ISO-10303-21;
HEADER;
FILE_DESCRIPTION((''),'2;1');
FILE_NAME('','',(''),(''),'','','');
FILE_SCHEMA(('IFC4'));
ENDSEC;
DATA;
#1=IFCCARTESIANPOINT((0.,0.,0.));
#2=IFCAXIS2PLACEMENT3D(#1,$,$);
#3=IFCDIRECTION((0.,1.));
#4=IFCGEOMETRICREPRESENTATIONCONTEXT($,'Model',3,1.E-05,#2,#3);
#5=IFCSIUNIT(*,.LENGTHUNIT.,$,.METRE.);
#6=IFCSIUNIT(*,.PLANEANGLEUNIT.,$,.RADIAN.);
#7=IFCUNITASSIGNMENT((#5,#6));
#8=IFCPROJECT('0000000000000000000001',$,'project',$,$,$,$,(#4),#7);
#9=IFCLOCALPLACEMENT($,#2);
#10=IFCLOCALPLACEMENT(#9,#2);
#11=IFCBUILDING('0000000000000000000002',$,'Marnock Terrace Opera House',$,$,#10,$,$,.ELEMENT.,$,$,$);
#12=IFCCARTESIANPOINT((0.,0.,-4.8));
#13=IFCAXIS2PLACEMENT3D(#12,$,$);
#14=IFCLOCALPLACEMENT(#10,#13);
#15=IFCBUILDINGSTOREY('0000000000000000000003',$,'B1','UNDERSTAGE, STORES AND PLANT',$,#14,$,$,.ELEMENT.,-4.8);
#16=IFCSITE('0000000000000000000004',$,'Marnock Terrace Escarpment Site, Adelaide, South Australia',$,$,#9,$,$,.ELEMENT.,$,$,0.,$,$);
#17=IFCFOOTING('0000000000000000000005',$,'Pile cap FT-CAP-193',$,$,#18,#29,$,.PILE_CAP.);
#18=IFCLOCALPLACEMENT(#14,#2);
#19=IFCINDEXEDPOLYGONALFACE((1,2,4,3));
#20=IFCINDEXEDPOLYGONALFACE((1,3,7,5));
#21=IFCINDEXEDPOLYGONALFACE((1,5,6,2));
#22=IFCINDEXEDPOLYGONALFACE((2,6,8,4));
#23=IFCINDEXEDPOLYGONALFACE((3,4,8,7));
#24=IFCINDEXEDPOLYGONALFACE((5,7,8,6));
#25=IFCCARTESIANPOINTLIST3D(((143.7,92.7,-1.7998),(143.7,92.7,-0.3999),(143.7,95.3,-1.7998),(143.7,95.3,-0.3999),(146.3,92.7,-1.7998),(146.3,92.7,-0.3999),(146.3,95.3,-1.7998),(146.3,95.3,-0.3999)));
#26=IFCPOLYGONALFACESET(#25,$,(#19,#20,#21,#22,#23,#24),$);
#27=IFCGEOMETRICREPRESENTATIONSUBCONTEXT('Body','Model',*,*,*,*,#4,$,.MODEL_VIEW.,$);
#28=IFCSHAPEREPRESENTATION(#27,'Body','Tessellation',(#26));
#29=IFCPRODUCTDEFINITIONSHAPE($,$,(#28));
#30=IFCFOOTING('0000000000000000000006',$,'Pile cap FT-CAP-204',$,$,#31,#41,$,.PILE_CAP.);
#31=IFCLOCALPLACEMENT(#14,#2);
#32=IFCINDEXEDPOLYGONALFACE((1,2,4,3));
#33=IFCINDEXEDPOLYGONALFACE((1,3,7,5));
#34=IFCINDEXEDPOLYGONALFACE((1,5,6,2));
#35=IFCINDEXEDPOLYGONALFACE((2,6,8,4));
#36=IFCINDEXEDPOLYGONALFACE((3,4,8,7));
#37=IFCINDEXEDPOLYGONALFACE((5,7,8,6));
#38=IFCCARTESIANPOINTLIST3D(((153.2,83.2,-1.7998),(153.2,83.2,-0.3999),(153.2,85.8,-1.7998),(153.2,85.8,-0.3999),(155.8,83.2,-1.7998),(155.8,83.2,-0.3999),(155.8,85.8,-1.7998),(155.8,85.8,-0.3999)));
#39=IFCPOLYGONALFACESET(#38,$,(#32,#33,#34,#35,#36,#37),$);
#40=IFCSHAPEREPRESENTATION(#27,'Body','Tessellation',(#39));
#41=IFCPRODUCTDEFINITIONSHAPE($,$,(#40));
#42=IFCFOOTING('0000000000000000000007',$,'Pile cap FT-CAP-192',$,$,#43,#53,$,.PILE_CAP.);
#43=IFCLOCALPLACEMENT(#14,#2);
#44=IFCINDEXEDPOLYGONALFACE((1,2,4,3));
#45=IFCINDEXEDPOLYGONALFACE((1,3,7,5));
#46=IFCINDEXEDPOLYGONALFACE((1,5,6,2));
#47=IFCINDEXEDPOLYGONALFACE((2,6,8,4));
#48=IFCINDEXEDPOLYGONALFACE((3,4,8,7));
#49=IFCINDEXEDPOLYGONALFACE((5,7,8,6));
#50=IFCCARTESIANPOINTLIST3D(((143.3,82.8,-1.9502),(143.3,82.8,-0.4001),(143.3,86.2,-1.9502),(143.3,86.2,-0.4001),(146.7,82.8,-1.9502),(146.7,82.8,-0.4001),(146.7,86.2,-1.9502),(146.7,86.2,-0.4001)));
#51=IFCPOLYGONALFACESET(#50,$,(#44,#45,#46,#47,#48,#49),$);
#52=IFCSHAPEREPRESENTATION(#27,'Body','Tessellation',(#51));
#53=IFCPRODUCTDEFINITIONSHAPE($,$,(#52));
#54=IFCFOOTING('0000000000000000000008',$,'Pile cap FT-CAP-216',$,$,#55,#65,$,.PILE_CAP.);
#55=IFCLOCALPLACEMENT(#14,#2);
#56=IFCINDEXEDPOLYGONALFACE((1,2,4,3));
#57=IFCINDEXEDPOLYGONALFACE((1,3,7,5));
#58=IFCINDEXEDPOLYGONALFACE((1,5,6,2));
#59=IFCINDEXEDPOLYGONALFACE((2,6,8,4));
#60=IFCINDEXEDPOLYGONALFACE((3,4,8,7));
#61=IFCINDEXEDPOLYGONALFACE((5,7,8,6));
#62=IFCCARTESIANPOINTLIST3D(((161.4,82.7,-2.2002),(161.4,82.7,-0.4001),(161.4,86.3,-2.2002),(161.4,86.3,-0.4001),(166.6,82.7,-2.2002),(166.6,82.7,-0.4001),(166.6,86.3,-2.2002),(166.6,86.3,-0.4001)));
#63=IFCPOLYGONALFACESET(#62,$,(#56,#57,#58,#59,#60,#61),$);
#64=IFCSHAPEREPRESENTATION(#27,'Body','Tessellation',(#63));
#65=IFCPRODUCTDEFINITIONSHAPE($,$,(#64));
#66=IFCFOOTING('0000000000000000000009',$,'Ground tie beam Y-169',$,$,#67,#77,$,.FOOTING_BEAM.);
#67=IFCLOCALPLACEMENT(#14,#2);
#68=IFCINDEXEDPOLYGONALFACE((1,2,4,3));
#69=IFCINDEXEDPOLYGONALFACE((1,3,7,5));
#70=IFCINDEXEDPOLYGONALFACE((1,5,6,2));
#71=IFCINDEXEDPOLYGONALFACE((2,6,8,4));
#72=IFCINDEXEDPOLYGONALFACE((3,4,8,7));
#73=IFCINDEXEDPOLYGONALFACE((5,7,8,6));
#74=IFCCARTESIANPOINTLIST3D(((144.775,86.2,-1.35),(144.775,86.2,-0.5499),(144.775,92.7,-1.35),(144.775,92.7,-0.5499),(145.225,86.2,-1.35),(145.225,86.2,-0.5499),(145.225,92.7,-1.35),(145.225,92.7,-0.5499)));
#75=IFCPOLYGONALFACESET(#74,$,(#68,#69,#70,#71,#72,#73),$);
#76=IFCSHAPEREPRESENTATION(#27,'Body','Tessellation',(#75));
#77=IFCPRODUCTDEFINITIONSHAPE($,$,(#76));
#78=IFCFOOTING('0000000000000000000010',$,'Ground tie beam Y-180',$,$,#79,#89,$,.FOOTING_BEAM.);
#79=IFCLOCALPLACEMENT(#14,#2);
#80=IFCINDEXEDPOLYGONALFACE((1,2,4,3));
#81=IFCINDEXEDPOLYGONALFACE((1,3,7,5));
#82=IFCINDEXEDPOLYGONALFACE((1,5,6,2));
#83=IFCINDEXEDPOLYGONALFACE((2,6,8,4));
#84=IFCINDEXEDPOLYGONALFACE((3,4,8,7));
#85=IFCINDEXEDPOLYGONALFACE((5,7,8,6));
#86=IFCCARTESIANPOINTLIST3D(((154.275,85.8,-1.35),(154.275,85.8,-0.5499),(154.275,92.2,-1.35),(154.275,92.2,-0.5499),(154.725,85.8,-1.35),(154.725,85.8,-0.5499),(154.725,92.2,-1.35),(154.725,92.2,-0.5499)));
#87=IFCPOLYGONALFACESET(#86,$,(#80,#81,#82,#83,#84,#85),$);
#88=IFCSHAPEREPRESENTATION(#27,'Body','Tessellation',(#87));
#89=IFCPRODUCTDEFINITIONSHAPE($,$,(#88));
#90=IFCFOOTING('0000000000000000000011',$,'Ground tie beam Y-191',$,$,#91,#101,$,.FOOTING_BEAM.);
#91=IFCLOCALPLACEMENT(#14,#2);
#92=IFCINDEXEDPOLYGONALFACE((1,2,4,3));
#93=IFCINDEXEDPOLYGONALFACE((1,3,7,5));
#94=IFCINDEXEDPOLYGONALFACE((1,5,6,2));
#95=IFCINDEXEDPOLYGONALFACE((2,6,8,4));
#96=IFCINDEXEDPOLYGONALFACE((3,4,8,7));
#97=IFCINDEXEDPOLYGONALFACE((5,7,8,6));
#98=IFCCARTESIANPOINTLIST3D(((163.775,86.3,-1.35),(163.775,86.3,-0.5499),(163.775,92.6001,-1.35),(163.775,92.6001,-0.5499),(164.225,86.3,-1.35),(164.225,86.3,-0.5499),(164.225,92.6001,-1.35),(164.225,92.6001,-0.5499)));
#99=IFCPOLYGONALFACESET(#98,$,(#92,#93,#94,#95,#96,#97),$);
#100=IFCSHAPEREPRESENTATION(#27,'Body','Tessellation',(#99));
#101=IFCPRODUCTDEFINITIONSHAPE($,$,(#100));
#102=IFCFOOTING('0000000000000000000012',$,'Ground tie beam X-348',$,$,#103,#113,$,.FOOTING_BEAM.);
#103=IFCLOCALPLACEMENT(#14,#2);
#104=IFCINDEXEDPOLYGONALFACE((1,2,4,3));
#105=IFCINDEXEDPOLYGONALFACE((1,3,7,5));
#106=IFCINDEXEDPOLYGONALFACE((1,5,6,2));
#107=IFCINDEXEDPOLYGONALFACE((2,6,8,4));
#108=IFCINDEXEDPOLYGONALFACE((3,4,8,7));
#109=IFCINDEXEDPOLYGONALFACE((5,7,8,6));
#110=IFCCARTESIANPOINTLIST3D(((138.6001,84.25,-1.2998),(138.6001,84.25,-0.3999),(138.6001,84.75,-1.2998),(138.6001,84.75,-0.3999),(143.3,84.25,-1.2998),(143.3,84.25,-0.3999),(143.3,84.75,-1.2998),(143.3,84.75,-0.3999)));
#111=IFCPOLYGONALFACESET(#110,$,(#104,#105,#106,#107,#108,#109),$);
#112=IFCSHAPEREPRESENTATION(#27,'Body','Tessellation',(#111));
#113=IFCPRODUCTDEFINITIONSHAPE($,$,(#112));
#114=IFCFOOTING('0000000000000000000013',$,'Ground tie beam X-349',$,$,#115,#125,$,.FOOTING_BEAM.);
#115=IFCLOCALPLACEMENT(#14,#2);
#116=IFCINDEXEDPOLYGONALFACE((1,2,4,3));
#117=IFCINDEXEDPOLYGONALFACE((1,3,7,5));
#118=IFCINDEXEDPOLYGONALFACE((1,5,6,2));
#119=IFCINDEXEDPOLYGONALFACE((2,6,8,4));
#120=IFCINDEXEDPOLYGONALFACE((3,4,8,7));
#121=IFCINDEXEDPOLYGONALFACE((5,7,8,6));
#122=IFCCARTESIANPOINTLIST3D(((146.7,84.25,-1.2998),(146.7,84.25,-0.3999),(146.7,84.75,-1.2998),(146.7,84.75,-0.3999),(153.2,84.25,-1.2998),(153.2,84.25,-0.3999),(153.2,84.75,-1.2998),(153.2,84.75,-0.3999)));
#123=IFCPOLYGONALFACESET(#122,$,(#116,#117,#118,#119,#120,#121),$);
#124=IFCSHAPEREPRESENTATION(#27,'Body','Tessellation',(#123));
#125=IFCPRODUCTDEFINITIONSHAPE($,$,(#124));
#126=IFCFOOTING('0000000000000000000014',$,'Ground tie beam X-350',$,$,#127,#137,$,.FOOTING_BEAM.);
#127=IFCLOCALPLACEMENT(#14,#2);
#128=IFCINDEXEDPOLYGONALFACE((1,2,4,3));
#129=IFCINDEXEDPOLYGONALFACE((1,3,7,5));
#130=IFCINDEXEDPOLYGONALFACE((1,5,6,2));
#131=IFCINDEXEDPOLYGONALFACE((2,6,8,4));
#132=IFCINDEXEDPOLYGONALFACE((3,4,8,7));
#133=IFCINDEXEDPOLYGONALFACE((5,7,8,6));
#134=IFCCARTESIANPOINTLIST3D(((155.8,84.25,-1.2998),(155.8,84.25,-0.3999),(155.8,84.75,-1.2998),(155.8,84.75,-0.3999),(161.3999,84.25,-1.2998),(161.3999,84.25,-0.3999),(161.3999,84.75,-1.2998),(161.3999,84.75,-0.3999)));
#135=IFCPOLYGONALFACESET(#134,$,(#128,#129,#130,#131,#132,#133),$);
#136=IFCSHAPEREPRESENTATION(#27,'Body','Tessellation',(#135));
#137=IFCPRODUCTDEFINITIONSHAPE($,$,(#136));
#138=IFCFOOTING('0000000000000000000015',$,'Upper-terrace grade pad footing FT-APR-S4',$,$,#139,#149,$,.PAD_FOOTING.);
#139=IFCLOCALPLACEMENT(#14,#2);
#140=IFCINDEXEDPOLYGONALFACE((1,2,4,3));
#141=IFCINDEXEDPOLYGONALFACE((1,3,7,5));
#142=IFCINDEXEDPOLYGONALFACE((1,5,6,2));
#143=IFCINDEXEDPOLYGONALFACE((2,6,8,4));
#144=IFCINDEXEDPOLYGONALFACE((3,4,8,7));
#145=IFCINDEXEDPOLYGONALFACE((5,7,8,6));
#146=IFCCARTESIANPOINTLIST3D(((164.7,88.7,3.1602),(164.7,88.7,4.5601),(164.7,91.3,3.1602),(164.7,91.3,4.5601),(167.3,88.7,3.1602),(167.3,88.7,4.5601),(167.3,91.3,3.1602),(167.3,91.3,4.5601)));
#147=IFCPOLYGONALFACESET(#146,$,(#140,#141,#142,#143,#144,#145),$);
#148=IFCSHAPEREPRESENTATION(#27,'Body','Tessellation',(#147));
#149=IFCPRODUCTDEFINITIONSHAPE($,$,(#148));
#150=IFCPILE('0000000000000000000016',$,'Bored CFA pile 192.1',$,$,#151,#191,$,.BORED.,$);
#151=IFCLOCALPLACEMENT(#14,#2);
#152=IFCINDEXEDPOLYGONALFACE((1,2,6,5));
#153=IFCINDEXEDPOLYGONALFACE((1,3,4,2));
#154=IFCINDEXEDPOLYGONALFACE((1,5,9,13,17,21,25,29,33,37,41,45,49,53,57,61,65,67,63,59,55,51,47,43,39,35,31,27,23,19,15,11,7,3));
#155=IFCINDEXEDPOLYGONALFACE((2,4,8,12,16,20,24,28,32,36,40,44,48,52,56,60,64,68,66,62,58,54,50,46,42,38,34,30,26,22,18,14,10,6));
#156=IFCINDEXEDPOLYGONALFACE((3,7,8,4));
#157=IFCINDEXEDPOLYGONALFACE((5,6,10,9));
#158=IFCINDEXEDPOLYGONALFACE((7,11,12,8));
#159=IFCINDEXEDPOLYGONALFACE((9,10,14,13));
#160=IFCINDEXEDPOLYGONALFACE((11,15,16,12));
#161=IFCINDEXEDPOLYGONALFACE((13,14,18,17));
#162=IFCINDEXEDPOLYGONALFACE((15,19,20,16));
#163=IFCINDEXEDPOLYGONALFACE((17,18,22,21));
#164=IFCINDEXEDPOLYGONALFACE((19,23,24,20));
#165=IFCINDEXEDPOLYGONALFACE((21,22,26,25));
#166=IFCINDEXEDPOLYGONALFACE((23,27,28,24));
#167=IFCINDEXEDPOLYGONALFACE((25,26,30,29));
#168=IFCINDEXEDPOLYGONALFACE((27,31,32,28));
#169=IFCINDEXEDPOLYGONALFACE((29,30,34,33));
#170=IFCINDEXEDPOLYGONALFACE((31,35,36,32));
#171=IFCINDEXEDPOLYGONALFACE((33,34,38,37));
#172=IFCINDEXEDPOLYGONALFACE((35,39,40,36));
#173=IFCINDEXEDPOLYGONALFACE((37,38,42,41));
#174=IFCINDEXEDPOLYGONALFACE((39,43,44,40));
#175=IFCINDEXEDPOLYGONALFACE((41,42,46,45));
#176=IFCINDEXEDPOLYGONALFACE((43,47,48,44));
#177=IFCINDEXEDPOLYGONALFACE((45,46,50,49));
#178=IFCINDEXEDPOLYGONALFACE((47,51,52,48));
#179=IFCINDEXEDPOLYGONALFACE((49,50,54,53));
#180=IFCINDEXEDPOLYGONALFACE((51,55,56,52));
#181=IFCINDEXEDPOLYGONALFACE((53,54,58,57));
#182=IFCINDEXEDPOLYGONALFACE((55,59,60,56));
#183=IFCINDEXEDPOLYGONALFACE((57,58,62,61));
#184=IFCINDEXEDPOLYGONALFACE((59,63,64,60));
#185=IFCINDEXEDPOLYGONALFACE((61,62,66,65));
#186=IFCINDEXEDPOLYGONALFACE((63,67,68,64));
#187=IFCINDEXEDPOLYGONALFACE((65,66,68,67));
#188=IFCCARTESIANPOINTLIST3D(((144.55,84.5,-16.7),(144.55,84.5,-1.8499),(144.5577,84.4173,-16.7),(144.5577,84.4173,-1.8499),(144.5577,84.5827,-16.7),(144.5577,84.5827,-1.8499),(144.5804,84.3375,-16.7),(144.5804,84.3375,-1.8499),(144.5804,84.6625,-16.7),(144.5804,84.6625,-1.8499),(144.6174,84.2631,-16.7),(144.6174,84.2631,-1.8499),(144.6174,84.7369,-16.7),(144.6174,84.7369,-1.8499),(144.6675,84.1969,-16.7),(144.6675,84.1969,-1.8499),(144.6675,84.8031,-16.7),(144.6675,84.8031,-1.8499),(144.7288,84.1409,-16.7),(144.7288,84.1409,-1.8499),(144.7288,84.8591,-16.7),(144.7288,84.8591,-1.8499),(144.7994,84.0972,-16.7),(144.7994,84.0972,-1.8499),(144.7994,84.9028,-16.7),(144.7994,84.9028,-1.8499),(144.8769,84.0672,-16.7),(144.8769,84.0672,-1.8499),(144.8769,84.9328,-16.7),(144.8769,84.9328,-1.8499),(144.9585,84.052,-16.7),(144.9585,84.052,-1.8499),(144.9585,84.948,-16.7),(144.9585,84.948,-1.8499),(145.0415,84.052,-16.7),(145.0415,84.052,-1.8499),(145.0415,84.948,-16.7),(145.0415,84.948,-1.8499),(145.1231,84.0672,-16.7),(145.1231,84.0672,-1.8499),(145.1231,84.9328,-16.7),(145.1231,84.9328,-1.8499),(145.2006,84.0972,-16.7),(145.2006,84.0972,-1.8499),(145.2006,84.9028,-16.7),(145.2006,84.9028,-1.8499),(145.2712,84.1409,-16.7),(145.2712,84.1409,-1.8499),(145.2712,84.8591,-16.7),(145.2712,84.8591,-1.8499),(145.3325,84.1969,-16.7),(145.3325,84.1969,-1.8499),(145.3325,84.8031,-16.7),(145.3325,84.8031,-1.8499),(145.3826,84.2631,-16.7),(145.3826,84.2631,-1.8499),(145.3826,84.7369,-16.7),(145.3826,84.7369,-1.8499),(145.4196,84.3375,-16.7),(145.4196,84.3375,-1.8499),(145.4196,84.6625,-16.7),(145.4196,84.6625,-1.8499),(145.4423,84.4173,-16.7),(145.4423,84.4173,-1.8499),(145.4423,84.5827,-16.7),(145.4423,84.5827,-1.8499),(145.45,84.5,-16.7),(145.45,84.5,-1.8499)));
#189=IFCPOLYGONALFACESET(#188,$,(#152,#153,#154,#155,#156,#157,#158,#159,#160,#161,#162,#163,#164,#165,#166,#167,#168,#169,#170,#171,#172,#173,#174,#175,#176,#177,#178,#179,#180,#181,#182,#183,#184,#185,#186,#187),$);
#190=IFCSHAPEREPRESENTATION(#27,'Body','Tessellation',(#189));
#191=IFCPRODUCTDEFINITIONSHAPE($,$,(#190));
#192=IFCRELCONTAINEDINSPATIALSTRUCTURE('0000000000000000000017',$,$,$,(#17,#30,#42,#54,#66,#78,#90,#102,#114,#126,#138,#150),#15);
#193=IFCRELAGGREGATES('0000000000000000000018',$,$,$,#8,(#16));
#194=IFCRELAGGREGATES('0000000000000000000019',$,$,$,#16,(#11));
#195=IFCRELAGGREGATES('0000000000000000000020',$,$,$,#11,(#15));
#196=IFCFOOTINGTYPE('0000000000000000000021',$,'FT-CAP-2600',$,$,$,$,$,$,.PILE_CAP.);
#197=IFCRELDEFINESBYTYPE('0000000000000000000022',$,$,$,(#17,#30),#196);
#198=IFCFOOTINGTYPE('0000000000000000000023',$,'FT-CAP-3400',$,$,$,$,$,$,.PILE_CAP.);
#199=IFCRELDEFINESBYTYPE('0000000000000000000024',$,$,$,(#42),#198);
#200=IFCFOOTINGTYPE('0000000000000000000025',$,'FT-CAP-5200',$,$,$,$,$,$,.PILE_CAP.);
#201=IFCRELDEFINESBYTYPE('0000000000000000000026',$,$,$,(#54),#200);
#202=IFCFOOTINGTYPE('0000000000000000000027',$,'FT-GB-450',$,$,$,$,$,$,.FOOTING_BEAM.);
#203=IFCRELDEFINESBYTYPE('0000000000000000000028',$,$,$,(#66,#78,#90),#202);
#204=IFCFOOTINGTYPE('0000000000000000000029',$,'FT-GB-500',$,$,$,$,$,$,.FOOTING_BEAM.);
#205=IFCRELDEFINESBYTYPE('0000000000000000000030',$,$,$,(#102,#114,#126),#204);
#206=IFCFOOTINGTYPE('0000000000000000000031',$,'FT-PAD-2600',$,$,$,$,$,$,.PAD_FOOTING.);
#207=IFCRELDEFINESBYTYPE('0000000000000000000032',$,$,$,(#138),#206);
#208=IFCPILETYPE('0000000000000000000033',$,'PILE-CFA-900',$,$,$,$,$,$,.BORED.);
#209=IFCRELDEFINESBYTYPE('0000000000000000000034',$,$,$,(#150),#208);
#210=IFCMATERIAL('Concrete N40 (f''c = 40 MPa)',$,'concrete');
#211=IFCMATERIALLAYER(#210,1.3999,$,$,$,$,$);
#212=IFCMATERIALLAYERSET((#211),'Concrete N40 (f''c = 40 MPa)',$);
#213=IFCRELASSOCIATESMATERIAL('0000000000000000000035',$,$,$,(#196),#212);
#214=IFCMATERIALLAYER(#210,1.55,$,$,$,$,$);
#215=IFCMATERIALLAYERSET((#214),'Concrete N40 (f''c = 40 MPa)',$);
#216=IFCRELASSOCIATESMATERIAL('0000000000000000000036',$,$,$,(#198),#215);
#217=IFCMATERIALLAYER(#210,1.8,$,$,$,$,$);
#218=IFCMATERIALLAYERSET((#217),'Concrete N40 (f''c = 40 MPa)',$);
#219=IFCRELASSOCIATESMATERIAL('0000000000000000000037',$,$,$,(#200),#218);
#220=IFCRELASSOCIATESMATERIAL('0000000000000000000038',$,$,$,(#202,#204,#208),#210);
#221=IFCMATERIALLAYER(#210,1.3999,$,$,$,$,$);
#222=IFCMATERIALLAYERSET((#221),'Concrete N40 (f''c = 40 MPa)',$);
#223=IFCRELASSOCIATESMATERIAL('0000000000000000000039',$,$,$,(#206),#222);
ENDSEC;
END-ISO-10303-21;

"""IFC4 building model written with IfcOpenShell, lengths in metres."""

from ifc_helpers import new_model, si_unit, direction, frame, origin, origin_2d, place, context, subcontext, project, spatial, rectangle, circle, extrude, material, layer, layer_set, material_profile, profile_set, type_object, element, save


model = new_model("IFC4")

# Units and contexts
model_context = context("Model", 3, precision=1e-05, world=origin(), true_north=direction((0.0, 1.0)))
body_context = subcontext(model_context, "Body", "Model", "MODEL_VIEW")
ifc_project = project(units=[si_unit("LENGTHUNIT", "METRE"), si_unit("PLANEANGLEUNIT", "RADIAN")], contexts=[model_context])

# Site, building, storey
site_placement = place(None, origin())
site = spatial("IfcSite", under=ifc_project, at=site_placement, Name="Marnock Terrace Escarpment Site, Adelaide, South Australia", CompositionType="ELEMENT", RefElevation=0.0)
building_placement = place(site_placement, origin())
building = spatial("IfcBuilding", under=site, at=building_placement, Name="Marnock Terrace Opera House", CompositionType="ELEMENT")
storey_placement = place(building_placement, frame((0.0, 0.0, -4.8)))
storey = spatial("IfcBuildingStorey", under=building, at=storey_placement, Name="B1", Description="UNDERSTAGE, STORES AND PLANT", CompositionType="ELEMENT", Elevation=-4.8)

# Footings
ifc_material_1 = material(Name="Concrete N40 (f'c = 40 MPa)", Category="concrete")
ifc_layer_1 = layer(ifc_material_1, 1.3999)
ifc_layer_set_1 = layer_set([ifc_layer_1], Name="Concrete N40 (f'c = 40 MPa)")
footing_type_1 = type_object("IfcFootingType", Name="FT-CAP-2600", PredefinedType="PILE_CAP", material=ifc_layer_set_1)
for number, where, z_axis, x_axis, name in (
    (1, (145.0, 94.0, -1.7998), (0.0, 0.0, 1.0), (1.0, 0.0, 0.0), "Pile cap FT-CAP-193"),
    (2, (154.5, 84.5, -1.7998), (0.0, 0.0, 1.0), (1.0, 0.0, 0.0), "Pile cap FT-CAP-204"),
):
    element("IfcFooting", number, at=place(storey_placement, frame(where, z_axis=z_axis, x_axis=x_axis)), inside=storey, type_object=footing_type_1, Name=name, PredefinedType="PILE_CAP", context=body_context, shape_type="SweptSolid", body=[
        extrude(rectangle(XDim=2.6001, YDim=2.6001, at=origin_2d()), origin(), (0.0, 0.0, 1.0), 1.3999),
    ])
ifc_layer_2 = layer(ifc_material_1, 1.55)
ifc_layer_set_2 = layer_set([ifc_layer_2], Name="Concrete N40 (f'c = 40 MPa)")
footing_type_2 = type_object("IfcFootingType", Name="FT-CAP-3400", PredefinedType="PILE_CAP", material=ifc_layer_set_2)
footing_1_placement = place(storey_placement, frame((145.0, 84.5, -1.9502), z_axis=(0.0, 0.0, 1.0), x_axis=(1.0, 0.0, 0.0)))
element("IfcFooting", 3, at=footing_1_placement, inside=storey, type_object=footing_type_2, Name="Pile cap FT-CAP-192", PredefinedType="PILE_CAP", context=body_context, shape_type="SweptSolid", body=[
    extrude(rectangle(XDim=3.3999, YDim=3.3999, at=origin_2d()), origin(), (0.0, 0.0, 1.0), 1.55),
])
ifc_layer_3 = layer(ifc_material_1, 1.8)
ifc_layer_set_3 = layer_set([ifc_layer_3], Name="Concrete N40 (f'c = 40 MPa)")
footing_type_3 = type_object("IfcFootingType", Name="FT-CAP-5200", PredefinedType="PILE_CAP", material=ifc_layer_set_3)
footing_2_placement = place(storey_placement, frame((164.0, 84.5, -2.2002), z_axis=(0.0, 0.0, 1.0), x_axis=(1.0, 0.0, 0.0)))
element("IfcFooting", 4, at=footing_2_placement, inside=storey, type_object=footing_type_3, Name="Pile cap FT-CAP-216", PredefinedType="PILE_CAP", context=body_context, shape_type="SweptSolid", body=[
    extrude(rectangle(XDim=5.2, YDim=3.6001, at=origin_2d()), origin(), (0.0, 0.0, 1.0), 1.8),
])
ifc_material_profile_1 = material_profile(ifc_material_1, rectangle(XDim=0.45, YDim=0.8, at=origin_2d()))
ifc_profile_set_1 = profile_set([ifc_material_profile_1], Name="Concrete N40 (f'c = 40 MPa)")
footing_type_4 = type_object("IfcFootingType", Name="FT-GB-450", PredefinedType="FOOTING_BEAM", material=ifc_profile_set_1)
footing_3_placement = place(storey_placement, frame((145.0, 86.2, -0.95), z_axis=(0.0, 1.0, 0.0), x_axis=(-1.0, 0.0, 0.0)))
element("IfcFooting", 5, at=footing_3_placement, inside=storey, type_object=footing_type_4, Name="Ground tie beam Y-169", PredefinedType="FOOTING_BEAM", context=body_context, shape_type="SweptSolid", body=[
    extrude(rectangle(XDim=0.45, YDim=0.8, at=origin_2d()), origin(), (0.0, 0.0, 1.0), 6.5),
])
footing_4_placement = place(storey_placement, frame((154.5, 85.8, -0.95), z_axis=(0.0, 1.0, 0.0), x_axis=(-1.0, 0.0, 0.0)))
element("IfcFooting", 6, at=footing_4_placement, inside=storey, type_object=footing_type_4, Name="Ground tie beam Y-180", PredefinedType="FOOTING_BEAM", context=body_context, shape_type="SweptSolid", body=[
    extrude(rectangle(XDim=0.45, YDim=0.8, at=origin_2d()), origin(), (0.0, 0.0, 1.0), 6.3999),
])
footing_5_placement = place(storey_placement, frame((164.0, 86.3, -0.95), z_axis=(0.0, 1.0, 0.0), x_axis=(-1.0, 0.0, 0.0)))
element("IfcFooting", 7, at=footing_5_placement, inside=storey, type_object=footing_type_4, Name="Ground tie beam Y-191", PredefinedType="FOOTING_BEAM", context=body_context, shape_type="SweptSolid", body=[
    extrude(rectangle(XDim=0.45, YDim=0.8, at=origin_2d()), origin(), (0.0, 0.0, 1.0), 6.3),
])
ifc_material_profile_2 = material_profile(ifc_material_1, rectangle(XDim=0.5, YDim=0.8999, at=origin_2d()))
ifc_profile_set_2 = profile_set([ifc_material_profile_2], Name="Concrete N40 (f'c = 40 MPa)")
footing_type_5 = type_object("IfcFootingType", Name="FT-GB-500", PredefinedType="FOOTING_BEAM", material=ifc_profile_set_2)
footing_6_placement = place(storey_placement, frame((138.6001, 84.5, -0.8499), z_axis=(1.0, 0.0, 0.0), x_axis=(0.0, 1.0, 0.0)))
element("IfcFooting", 8, at=footing_6_placement, inside=storey, type_object=footing_type_5, Name="Ground tie beam X-348", PredefinedType="FOOTING_BEAM", context=body_context, shape_type="SweptSolid", body=[
    extrude(rectangle(XDim=0.5, YDim=0.8999, at=origin_2d()), origin(), (0.0, 0.0, 1.0), 4.7),
])
footing_7_placement = place(storey_placement, frame((146.7, 84.5, -0.8499), z_axis=(1.0, 0.0, 0.0), x_axis=(0.0, 1.0, 0.0)))
element("IfcFooting", 9, at=footing_7_placement, inside=storey, type_object=footing_type_5, Name="Ground tie beam X-349", PredefinedType="FOOTING_BEAM", context=body_context, shape_type="SweptSolid", body=[
    extrude(rectangle(XDim=0.5, YDim=0.8999, at=origin_2d()), origin(), (0.0, 0.0, 1.0), 6.5),
])
footing_8_placement = place(storey_placement, frame((155.8, 84.5, -0.8499), z_axis=(1.0, 0.0, 0.0), x_axis=(0.0, 1.0, 0.0)))
element("IfcFooting", 10, at=footing_8_placement, inside=storey, type_object=footing_type_5, Name="Ground tie beam X-350", PredefinedType="FOOTING_BEAM", context=body_context, shape_type="SweptSolid", body=[
    extrude(rectangle(XDim=0.5, YDim=0.8999, at=origin_2d()), origin(), (0.0, 0.0, 1.0), 5.5999),
])
ifc_layer_4 = layer(ifc_material_1, 1.3999)
ifc_layer_set_4 = layer_set([ifc_layer_4], Name="Concrete N40 (f'c = 40 MPa)")
footing_type_6 = type_object("IfcFootingType", Name="FT-PAD-2600", PredefinedType="PAD_FOOTING", material=ifc_layer_set_4)
footing_9_placement = place(storey_placement, frame((166.0, 90.0, 3.1602), z_axis=(0.0, 0.0, 1.0), x_axis=(1.0, 0.0, 0.0)))
element("IfcFooting", 11, at=footing_9_placement, inside=storey, type_object=footing_type_6, Name="Upper-terrace grade pad footing FT-APR-S4", PredefinedType="PAD_FOOTING", context=body_context, shape_type="SweptSolid", body=[
    extrude(rectangle(XDim=2.6001, YDim=2.6001, at=origin_2d()), origin(), (0.0, 0.0, 1.0), 1.3999),
])

# Pile
ifc_material_profile_3 = material_profile(ifc_material_1, circle(Radius=0.45, at=origin_2d()))
ifc_profile_set_3 = profile_set([ifc_material_profile_3], Name="Concrete N40 (f'c = 40 MPa)")
pile_type = type_object("IfcPileType", Name="PILE-CFA-900", PredefinedType="BORED", material=ifc_profile_set_3)
pile_placement = place(storey_placement, frame((145.0, 84.5, -1.8499), z_axis=(0.0, 0.0, -1.0), x_axis=(1.0, 0.0, 0.0)))
element("IfcPile", 12, at=pile_placement, inside=storey, type_object=pile_type, Name="Bored CFA pile 192.1", PredefinedType="BORED", context=body_context, shape_type="SweptSolid", body=[
    extrude(circle(Radius=0.45, at=origin_2d()), origin(), (0.0, 0.0, 1.0), 14.8501),
])

save(model, "model.ifc")
